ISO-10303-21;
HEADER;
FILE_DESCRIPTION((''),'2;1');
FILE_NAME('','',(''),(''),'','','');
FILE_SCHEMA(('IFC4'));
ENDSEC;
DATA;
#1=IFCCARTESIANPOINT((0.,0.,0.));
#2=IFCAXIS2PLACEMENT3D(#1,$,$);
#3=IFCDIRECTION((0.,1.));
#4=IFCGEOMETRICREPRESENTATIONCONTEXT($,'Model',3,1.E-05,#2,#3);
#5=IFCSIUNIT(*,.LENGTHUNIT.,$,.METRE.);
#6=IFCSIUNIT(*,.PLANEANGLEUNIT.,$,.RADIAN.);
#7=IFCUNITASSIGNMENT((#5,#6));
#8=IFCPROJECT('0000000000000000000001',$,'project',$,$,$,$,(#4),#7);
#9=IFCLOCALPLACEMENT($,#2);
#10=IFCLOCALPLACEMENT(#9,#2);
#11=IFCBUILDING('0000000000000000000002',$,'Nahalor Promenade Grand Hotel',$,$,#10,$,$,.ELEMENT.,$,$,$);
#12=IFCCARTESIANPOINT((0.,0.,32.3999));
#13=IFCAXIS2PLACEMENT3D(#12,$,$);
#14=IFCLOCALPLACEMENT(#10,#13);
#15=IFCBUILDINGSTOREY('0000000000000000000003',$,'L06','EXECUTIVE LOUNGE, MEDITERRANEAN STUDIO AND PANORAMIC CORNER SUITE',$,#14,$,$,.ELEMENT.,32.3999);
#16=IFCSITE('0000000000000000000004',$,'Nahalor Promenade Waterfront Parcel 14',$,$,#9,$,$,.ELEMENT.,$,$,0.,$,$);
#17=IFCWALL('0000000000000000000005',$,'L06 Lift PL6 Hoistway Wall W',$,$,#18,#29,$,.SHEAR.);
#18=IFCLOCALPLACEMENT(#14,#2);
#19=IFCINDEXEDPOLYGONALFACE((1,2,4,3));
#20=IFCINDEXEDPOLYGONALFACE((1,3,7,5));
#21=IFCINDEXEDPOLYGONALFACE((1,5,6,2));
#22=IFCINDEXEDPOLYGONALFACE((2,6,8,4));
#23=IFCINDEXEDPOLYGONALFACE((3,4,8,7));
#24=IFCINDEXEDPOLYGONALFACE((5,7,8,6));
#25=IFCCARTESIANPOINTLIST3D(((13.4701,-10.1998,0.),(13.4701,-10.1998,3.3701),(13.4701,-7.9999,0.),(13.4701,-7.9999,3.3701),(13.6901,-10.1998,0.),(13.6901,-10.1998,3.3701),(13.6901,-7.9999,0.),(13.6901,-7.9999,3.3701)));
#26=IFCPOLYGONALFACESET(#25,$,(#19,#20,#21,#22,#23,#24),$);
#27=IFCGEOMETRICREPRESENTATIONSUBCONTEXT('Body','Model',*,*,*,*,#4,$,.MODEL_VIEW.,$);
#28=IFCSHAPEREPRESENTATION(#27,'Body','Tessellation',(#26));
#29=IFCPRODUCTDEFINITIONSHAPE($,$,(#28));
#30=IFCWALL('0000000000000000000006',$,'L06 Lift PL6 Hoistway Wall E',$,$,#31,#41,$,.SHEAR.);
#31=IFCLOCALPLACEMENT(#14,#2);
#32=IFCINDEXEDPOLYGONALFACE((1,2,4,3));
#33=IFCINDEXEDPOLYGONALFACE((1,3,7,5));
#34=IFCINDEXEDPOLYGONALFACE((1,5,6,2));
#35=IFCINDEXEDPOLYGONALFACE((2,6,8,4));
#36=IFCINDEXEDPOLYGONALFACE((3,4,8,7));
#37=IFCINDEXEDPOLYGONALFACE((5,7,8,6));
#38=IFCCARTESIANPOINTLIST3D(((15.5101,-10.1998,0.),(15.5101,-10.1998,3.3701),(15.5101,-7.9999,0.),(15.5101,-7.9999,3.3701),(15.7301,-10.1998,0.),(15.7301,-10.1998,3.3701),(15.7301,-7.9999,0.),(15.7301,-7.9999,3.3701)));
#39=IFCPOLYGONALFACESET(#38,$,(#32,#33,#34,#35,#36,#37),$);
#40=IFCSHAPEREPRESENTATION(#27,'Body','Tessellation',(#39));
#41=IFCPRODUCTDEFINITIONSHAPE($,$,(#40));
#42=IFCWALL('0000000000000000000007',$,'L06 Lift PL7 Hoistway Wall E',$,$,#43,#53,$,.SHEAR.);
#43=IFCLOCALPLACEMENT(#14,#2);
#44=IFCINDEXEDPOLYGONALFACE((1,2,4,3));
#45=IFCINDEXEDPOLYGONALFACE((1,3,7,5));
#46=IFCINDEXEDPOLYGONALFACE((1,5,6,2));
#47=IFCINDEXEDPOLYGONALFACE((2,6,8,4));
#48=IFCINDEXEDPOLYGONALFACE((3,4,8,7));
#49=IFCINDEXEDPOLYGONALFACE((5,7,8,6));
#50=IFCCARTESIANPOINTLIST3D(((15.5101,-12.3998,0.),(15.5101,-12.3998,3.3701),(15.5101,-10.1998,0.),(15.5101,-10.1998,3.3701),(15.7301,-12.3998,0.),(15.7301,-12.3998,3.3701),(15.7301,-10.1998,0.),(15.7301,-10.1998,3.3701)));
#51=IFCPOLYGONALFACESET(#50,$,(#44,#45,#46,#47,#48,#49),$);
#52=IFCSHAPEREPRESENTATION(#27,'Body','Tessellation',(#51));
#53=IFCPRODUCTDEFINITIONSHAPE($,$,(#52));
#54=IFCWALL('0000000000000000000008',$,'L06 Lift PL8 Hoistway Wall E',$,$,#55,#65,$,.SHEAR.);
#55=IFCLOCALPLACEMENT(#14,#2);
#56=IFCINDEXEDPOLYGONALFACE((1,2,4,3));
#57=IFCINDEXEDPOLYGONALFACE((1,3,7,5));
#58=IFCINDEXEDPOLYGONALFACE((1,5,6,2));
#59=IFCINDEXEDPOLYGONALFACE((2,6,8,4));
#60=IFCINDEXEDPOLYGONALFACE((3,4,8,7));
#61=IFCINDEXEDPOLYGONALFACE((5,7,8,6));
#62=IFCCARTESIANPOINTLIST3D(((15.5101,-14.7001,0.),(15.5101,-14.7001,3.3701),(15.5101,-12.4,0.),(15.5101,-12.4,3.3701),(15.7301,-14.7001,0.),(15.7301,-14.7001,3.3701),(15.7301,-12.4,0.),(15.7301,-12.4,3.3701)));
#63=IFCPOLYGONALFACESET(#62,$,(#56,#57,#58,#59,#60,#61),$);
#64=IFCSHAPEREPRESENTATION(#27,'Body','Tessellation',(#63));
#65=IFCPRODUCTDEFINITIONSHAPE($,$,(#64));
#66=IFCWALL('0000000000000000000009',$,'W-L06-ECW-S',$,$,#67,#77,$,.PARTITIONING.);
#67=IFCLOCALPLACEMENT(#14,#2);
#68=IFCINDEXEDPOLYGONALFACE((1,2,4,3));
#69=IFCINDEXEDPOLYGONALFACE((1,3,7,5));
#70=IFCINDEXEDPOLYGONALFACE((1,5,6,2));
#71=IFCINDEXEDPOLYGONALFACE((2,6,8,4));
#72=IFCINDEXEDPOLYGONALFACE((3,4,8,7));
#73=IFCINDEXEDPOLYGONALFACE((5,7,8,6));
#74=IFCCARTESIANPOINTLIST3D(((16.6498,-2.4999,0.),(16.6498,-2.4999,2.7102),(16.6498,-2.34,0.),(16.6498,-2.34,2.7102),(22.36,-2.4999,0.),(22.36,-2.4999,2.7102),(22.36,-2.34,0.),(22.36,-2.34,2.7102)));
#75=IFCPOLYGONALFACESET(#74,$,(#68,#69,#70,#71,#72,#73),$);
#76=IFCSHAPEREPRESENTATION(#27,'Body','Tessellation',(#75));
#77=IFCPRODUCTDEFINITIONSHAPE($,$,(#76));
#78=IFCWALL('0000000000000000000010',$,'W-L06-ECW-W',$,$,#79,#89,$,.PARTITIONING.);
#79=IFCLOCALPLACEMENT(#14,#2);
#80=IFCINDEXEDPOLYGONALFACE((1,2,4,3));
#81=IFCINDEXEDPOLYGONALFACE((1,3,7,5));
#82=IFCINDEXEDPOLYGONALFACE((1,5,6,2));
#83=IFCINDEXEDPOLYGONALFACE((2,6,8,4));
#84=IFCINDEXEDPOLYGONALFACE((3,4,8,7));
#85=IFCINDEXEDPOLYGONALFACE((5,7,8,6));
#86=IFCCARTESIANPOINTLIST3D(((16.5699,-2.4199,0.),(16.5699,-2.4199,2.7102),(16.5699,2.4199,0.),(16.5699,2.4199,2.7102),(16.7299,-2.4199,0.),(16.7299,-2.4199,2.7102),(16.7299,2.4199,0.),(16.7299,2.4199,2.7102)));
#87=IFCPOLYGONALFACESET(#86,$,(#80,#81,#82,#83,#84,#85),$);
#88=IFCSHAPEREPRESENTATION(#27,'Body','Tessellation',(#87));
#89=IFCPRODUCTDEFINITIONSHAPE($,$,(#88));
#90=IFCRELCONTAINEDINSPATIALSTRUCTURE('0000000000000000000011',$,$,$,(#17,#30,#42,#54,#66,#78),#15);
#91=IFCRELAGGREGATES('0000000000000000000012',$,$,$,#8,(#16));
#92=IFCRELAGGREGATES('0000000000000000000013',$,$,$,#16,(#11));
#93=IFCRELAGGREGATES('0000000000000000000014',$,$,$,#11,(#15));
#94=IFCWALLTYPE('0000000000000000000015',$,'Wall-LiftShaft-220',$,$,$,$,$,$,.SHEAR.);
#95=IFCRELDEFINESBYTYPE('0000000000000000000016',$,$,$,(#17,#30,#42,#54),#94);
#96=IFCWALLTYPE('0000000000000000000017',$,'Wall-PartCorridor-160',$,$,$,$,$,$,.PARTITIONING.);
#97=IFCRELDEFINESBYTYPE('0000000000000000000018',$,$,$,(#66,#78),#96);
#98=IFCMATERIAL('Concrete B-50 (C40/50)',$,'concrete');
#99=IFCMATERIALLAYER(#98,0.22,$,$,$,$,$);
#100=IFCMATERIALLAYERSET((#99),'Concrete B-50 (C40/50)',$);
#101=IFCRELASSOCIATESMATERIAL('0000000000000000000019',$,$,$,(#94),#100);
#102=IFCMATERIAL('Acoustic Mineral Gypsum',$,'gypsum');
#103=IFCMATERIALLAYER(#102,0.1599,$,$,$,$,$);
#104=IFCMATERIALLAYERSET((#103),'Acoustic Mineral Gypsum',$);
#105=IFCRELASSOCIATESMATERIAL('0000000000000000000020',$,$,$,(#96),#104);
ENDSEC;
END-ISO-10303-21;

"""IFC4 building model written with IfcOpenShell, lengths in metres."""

from ifc_helpers import new_model, si_unit, direction, frame, frame_2d, origin, place, context, subcontext, project, spatial, rectangle, extrude, source, transform, mapped, material, layer, layer_set, type_object, element, save


model = new_model("IFC4")

# Units and contexts
model_context = context("Model", 3, precision=1e-05, world=origin(), true_north=direction((0.0, 1.0)))
body_context = subcontext(model_context, "Body", "Model", "MODEL_VIEW")
ifc_project = project(units=[si_unit("LENGTHUNIT", "METRE"), si_unit("PLANEANGLEUNIT", "RADIAN")], contexts=[model_context])

# Site, building, storey
site_placement = place(None, origin())
site = spatial("IfcSite", under=ifc_project, at=site_placement, Name="Nahalor Promenade Waterfront Parcel 14", CompositionType="ELEMENT", RefElevation=0.0)
building_placement = place(site_placement, origin())
building = spatial("IfcBuilding", under=site, at=building_placement, Name="Nahalor Promenade Grand Hotel", CompositionType="ELEMENT")
storey_placement = place(building_placement, frame((0.0, 0.0, 32.3999)))
storey = spatial("IfcBuildingStorey", under=building, at=storey_placement, Name="L06", Description="EXECUTIVE LOUNGE, MEDITERRANEAN STUDIO AND PANORAMIC CORNER SUITE", CompositionType="ELEMENT", Elevation=32.3999)

# Walls
ifc_material_1 = material(Name="Concrete B-50 (C40/50)", Category="concrete")
ifc_layer_1 = layer(ifc_material_1, 0.22)
ifc_layer_set_1 = layer_set([ifc_layer_1], Name="Concrete B-50 (C40/50)")
wall_type_1 = type_object("IfcWallType", Name="Wall-LiftShaft-220", PredefinedType="SHEAR", material=ifc_layer_set_1)
shared_shape_1 = source(origin(), body_context, "Body", "SweptSolid", [
    extrude(rectangle(XDim=2.2, YDim=0.22, at=frame_2d((1.1001, 0.0))), origin(), (0.0, 0.0, 1.0), 3.3701),
])
for number, where, z_axis, x_axis, name in (
    (1, (13.5801, -10.2, 0.0), (0.0, 0.0, 1.0), (0.0, 1.0, 0.0), "L06 Lift PL6 Hoistway Wall W"),
    (2, (15.6201, -10.2, 0.0), (0.0, 0.0, 1.0), (0.0, 1.0, 0.0), "L06 Lift PL6 Hoistway Wall E"),
    (3, (15.6201, -12.3999, 0.0), (0.0, 0.0, 1.0), (0.0, 1.0, 0.0), "L06 Lift PL7 Hoistway Wall E"),
):
    element("IfcWall", number, at=place(storey_placement, frame(where, z_axis=z_axis, x_axis=x_axis)), inside=storey, type_object=wall_type_1, Name=name, PredefinedType="SHEAR", context=body_context, shape_type="MappedRepresentation", body=[
        mapped(shared_shape_1, transform((0.0, 0.0, 0.0), scale=1.0)),
    ])
shared_shape_2 = source(origin(), body_context, "Body", "SweptSolid", [
    extrude(rectangle(XDim=2.3, YDim=0.22, at=frame_2d((1.1499, 0.0))), origin(), (0.0, 0.0, 1.0), 3.3701),
])
wall_1_placement = place(storey_placement, frame((15.6201, -14.7, 0.0), z_axis=(0.0, 0.0, 1.0), x_axis=(0.0, 1.0, 0.0)))
element("IfcWall", 4, at=wall_1_placement, inside=storey, type_object=wall_type_1, Name="L06 Lift PL8 Hoistway Wall E", PredefinedType="SHEAR", context=body_context, shape_type="MappedRepresentation", body=[
    mapped(shared_shape_2, transform((0.0, 0.0, 0.0), scale=1.0)),
])

# Shared definitions
ifc_material_2 = material(Name="Acoustic Mineral Gypsum", Category="gypsum")
ifc_layer_2 = layer(ifc_material_2, 0.1599)
ifc_layer_set_2 = layer_set([ifc_layer_2], Name="Acoustic Mineral Gypsum")
wall_type_2 = type_object("IfcWallType", Name="Wall-PartCorridor-160", PredefinedType="PARTITIONING", material=ifc_layer_set_2)
shared_shape_3 = source(origin(), body_context, "Body", "SweptSolid", [
    extrude(rectangle(XDim=5.7102, YDim=0.1599, at=frame_2d((2.855, 0.0))), origin(), (0.0, 0.0, 1.0), 2.7102),
])

# Walls
wall_2_placement = place(storey_placement, frame((16.6499, -2.4199, 0.0), z_axis=(0.0, 0.0, 1.0), x_axis=(1.0, 0.0, 0.0)))
element("IfcWall", 5, at=wall_2_placement, inside=storey, type_object=wall_type_2, Name="W-L06-ECW-S", PredefinedType="PARTITIONING", context=body_context, shape_type="MappedRepresentation", body=[
    mapped(shared_shape_3, transform((0.0, 0.0, 0.0), scale=1.0)),
])
shared_shape_4 = source(origin(), body_context, "Body", "SweptSolid", [
    extrude(rectangle(XDim=4.8398, YDim=0.1599, at=frame_2d((2.4199, 0.0))), origin(), (0.0, 0.0, 1.0), 2.7102),
])
wall_3_placement = place(storey_placement, frame((16.6499, -2.4199, 0.0), z_axis=(0.0, 0.0, 1.0), x_axis=(0.0, 1.0, 0.0)))
element("IfcWall", 6, at=wall_3_placement, inside=storey, type_object=wall_type_2, Name="W-L06-ECW-W", PredefinedType="PARTITIONING", context=body_context, shape_type="MappedRepresentation", body=[
    mapped(shared_shape_4, transform((0.0, 0.0, 0.0), scale=1.0)),
])

save(model, "model.ifc")
